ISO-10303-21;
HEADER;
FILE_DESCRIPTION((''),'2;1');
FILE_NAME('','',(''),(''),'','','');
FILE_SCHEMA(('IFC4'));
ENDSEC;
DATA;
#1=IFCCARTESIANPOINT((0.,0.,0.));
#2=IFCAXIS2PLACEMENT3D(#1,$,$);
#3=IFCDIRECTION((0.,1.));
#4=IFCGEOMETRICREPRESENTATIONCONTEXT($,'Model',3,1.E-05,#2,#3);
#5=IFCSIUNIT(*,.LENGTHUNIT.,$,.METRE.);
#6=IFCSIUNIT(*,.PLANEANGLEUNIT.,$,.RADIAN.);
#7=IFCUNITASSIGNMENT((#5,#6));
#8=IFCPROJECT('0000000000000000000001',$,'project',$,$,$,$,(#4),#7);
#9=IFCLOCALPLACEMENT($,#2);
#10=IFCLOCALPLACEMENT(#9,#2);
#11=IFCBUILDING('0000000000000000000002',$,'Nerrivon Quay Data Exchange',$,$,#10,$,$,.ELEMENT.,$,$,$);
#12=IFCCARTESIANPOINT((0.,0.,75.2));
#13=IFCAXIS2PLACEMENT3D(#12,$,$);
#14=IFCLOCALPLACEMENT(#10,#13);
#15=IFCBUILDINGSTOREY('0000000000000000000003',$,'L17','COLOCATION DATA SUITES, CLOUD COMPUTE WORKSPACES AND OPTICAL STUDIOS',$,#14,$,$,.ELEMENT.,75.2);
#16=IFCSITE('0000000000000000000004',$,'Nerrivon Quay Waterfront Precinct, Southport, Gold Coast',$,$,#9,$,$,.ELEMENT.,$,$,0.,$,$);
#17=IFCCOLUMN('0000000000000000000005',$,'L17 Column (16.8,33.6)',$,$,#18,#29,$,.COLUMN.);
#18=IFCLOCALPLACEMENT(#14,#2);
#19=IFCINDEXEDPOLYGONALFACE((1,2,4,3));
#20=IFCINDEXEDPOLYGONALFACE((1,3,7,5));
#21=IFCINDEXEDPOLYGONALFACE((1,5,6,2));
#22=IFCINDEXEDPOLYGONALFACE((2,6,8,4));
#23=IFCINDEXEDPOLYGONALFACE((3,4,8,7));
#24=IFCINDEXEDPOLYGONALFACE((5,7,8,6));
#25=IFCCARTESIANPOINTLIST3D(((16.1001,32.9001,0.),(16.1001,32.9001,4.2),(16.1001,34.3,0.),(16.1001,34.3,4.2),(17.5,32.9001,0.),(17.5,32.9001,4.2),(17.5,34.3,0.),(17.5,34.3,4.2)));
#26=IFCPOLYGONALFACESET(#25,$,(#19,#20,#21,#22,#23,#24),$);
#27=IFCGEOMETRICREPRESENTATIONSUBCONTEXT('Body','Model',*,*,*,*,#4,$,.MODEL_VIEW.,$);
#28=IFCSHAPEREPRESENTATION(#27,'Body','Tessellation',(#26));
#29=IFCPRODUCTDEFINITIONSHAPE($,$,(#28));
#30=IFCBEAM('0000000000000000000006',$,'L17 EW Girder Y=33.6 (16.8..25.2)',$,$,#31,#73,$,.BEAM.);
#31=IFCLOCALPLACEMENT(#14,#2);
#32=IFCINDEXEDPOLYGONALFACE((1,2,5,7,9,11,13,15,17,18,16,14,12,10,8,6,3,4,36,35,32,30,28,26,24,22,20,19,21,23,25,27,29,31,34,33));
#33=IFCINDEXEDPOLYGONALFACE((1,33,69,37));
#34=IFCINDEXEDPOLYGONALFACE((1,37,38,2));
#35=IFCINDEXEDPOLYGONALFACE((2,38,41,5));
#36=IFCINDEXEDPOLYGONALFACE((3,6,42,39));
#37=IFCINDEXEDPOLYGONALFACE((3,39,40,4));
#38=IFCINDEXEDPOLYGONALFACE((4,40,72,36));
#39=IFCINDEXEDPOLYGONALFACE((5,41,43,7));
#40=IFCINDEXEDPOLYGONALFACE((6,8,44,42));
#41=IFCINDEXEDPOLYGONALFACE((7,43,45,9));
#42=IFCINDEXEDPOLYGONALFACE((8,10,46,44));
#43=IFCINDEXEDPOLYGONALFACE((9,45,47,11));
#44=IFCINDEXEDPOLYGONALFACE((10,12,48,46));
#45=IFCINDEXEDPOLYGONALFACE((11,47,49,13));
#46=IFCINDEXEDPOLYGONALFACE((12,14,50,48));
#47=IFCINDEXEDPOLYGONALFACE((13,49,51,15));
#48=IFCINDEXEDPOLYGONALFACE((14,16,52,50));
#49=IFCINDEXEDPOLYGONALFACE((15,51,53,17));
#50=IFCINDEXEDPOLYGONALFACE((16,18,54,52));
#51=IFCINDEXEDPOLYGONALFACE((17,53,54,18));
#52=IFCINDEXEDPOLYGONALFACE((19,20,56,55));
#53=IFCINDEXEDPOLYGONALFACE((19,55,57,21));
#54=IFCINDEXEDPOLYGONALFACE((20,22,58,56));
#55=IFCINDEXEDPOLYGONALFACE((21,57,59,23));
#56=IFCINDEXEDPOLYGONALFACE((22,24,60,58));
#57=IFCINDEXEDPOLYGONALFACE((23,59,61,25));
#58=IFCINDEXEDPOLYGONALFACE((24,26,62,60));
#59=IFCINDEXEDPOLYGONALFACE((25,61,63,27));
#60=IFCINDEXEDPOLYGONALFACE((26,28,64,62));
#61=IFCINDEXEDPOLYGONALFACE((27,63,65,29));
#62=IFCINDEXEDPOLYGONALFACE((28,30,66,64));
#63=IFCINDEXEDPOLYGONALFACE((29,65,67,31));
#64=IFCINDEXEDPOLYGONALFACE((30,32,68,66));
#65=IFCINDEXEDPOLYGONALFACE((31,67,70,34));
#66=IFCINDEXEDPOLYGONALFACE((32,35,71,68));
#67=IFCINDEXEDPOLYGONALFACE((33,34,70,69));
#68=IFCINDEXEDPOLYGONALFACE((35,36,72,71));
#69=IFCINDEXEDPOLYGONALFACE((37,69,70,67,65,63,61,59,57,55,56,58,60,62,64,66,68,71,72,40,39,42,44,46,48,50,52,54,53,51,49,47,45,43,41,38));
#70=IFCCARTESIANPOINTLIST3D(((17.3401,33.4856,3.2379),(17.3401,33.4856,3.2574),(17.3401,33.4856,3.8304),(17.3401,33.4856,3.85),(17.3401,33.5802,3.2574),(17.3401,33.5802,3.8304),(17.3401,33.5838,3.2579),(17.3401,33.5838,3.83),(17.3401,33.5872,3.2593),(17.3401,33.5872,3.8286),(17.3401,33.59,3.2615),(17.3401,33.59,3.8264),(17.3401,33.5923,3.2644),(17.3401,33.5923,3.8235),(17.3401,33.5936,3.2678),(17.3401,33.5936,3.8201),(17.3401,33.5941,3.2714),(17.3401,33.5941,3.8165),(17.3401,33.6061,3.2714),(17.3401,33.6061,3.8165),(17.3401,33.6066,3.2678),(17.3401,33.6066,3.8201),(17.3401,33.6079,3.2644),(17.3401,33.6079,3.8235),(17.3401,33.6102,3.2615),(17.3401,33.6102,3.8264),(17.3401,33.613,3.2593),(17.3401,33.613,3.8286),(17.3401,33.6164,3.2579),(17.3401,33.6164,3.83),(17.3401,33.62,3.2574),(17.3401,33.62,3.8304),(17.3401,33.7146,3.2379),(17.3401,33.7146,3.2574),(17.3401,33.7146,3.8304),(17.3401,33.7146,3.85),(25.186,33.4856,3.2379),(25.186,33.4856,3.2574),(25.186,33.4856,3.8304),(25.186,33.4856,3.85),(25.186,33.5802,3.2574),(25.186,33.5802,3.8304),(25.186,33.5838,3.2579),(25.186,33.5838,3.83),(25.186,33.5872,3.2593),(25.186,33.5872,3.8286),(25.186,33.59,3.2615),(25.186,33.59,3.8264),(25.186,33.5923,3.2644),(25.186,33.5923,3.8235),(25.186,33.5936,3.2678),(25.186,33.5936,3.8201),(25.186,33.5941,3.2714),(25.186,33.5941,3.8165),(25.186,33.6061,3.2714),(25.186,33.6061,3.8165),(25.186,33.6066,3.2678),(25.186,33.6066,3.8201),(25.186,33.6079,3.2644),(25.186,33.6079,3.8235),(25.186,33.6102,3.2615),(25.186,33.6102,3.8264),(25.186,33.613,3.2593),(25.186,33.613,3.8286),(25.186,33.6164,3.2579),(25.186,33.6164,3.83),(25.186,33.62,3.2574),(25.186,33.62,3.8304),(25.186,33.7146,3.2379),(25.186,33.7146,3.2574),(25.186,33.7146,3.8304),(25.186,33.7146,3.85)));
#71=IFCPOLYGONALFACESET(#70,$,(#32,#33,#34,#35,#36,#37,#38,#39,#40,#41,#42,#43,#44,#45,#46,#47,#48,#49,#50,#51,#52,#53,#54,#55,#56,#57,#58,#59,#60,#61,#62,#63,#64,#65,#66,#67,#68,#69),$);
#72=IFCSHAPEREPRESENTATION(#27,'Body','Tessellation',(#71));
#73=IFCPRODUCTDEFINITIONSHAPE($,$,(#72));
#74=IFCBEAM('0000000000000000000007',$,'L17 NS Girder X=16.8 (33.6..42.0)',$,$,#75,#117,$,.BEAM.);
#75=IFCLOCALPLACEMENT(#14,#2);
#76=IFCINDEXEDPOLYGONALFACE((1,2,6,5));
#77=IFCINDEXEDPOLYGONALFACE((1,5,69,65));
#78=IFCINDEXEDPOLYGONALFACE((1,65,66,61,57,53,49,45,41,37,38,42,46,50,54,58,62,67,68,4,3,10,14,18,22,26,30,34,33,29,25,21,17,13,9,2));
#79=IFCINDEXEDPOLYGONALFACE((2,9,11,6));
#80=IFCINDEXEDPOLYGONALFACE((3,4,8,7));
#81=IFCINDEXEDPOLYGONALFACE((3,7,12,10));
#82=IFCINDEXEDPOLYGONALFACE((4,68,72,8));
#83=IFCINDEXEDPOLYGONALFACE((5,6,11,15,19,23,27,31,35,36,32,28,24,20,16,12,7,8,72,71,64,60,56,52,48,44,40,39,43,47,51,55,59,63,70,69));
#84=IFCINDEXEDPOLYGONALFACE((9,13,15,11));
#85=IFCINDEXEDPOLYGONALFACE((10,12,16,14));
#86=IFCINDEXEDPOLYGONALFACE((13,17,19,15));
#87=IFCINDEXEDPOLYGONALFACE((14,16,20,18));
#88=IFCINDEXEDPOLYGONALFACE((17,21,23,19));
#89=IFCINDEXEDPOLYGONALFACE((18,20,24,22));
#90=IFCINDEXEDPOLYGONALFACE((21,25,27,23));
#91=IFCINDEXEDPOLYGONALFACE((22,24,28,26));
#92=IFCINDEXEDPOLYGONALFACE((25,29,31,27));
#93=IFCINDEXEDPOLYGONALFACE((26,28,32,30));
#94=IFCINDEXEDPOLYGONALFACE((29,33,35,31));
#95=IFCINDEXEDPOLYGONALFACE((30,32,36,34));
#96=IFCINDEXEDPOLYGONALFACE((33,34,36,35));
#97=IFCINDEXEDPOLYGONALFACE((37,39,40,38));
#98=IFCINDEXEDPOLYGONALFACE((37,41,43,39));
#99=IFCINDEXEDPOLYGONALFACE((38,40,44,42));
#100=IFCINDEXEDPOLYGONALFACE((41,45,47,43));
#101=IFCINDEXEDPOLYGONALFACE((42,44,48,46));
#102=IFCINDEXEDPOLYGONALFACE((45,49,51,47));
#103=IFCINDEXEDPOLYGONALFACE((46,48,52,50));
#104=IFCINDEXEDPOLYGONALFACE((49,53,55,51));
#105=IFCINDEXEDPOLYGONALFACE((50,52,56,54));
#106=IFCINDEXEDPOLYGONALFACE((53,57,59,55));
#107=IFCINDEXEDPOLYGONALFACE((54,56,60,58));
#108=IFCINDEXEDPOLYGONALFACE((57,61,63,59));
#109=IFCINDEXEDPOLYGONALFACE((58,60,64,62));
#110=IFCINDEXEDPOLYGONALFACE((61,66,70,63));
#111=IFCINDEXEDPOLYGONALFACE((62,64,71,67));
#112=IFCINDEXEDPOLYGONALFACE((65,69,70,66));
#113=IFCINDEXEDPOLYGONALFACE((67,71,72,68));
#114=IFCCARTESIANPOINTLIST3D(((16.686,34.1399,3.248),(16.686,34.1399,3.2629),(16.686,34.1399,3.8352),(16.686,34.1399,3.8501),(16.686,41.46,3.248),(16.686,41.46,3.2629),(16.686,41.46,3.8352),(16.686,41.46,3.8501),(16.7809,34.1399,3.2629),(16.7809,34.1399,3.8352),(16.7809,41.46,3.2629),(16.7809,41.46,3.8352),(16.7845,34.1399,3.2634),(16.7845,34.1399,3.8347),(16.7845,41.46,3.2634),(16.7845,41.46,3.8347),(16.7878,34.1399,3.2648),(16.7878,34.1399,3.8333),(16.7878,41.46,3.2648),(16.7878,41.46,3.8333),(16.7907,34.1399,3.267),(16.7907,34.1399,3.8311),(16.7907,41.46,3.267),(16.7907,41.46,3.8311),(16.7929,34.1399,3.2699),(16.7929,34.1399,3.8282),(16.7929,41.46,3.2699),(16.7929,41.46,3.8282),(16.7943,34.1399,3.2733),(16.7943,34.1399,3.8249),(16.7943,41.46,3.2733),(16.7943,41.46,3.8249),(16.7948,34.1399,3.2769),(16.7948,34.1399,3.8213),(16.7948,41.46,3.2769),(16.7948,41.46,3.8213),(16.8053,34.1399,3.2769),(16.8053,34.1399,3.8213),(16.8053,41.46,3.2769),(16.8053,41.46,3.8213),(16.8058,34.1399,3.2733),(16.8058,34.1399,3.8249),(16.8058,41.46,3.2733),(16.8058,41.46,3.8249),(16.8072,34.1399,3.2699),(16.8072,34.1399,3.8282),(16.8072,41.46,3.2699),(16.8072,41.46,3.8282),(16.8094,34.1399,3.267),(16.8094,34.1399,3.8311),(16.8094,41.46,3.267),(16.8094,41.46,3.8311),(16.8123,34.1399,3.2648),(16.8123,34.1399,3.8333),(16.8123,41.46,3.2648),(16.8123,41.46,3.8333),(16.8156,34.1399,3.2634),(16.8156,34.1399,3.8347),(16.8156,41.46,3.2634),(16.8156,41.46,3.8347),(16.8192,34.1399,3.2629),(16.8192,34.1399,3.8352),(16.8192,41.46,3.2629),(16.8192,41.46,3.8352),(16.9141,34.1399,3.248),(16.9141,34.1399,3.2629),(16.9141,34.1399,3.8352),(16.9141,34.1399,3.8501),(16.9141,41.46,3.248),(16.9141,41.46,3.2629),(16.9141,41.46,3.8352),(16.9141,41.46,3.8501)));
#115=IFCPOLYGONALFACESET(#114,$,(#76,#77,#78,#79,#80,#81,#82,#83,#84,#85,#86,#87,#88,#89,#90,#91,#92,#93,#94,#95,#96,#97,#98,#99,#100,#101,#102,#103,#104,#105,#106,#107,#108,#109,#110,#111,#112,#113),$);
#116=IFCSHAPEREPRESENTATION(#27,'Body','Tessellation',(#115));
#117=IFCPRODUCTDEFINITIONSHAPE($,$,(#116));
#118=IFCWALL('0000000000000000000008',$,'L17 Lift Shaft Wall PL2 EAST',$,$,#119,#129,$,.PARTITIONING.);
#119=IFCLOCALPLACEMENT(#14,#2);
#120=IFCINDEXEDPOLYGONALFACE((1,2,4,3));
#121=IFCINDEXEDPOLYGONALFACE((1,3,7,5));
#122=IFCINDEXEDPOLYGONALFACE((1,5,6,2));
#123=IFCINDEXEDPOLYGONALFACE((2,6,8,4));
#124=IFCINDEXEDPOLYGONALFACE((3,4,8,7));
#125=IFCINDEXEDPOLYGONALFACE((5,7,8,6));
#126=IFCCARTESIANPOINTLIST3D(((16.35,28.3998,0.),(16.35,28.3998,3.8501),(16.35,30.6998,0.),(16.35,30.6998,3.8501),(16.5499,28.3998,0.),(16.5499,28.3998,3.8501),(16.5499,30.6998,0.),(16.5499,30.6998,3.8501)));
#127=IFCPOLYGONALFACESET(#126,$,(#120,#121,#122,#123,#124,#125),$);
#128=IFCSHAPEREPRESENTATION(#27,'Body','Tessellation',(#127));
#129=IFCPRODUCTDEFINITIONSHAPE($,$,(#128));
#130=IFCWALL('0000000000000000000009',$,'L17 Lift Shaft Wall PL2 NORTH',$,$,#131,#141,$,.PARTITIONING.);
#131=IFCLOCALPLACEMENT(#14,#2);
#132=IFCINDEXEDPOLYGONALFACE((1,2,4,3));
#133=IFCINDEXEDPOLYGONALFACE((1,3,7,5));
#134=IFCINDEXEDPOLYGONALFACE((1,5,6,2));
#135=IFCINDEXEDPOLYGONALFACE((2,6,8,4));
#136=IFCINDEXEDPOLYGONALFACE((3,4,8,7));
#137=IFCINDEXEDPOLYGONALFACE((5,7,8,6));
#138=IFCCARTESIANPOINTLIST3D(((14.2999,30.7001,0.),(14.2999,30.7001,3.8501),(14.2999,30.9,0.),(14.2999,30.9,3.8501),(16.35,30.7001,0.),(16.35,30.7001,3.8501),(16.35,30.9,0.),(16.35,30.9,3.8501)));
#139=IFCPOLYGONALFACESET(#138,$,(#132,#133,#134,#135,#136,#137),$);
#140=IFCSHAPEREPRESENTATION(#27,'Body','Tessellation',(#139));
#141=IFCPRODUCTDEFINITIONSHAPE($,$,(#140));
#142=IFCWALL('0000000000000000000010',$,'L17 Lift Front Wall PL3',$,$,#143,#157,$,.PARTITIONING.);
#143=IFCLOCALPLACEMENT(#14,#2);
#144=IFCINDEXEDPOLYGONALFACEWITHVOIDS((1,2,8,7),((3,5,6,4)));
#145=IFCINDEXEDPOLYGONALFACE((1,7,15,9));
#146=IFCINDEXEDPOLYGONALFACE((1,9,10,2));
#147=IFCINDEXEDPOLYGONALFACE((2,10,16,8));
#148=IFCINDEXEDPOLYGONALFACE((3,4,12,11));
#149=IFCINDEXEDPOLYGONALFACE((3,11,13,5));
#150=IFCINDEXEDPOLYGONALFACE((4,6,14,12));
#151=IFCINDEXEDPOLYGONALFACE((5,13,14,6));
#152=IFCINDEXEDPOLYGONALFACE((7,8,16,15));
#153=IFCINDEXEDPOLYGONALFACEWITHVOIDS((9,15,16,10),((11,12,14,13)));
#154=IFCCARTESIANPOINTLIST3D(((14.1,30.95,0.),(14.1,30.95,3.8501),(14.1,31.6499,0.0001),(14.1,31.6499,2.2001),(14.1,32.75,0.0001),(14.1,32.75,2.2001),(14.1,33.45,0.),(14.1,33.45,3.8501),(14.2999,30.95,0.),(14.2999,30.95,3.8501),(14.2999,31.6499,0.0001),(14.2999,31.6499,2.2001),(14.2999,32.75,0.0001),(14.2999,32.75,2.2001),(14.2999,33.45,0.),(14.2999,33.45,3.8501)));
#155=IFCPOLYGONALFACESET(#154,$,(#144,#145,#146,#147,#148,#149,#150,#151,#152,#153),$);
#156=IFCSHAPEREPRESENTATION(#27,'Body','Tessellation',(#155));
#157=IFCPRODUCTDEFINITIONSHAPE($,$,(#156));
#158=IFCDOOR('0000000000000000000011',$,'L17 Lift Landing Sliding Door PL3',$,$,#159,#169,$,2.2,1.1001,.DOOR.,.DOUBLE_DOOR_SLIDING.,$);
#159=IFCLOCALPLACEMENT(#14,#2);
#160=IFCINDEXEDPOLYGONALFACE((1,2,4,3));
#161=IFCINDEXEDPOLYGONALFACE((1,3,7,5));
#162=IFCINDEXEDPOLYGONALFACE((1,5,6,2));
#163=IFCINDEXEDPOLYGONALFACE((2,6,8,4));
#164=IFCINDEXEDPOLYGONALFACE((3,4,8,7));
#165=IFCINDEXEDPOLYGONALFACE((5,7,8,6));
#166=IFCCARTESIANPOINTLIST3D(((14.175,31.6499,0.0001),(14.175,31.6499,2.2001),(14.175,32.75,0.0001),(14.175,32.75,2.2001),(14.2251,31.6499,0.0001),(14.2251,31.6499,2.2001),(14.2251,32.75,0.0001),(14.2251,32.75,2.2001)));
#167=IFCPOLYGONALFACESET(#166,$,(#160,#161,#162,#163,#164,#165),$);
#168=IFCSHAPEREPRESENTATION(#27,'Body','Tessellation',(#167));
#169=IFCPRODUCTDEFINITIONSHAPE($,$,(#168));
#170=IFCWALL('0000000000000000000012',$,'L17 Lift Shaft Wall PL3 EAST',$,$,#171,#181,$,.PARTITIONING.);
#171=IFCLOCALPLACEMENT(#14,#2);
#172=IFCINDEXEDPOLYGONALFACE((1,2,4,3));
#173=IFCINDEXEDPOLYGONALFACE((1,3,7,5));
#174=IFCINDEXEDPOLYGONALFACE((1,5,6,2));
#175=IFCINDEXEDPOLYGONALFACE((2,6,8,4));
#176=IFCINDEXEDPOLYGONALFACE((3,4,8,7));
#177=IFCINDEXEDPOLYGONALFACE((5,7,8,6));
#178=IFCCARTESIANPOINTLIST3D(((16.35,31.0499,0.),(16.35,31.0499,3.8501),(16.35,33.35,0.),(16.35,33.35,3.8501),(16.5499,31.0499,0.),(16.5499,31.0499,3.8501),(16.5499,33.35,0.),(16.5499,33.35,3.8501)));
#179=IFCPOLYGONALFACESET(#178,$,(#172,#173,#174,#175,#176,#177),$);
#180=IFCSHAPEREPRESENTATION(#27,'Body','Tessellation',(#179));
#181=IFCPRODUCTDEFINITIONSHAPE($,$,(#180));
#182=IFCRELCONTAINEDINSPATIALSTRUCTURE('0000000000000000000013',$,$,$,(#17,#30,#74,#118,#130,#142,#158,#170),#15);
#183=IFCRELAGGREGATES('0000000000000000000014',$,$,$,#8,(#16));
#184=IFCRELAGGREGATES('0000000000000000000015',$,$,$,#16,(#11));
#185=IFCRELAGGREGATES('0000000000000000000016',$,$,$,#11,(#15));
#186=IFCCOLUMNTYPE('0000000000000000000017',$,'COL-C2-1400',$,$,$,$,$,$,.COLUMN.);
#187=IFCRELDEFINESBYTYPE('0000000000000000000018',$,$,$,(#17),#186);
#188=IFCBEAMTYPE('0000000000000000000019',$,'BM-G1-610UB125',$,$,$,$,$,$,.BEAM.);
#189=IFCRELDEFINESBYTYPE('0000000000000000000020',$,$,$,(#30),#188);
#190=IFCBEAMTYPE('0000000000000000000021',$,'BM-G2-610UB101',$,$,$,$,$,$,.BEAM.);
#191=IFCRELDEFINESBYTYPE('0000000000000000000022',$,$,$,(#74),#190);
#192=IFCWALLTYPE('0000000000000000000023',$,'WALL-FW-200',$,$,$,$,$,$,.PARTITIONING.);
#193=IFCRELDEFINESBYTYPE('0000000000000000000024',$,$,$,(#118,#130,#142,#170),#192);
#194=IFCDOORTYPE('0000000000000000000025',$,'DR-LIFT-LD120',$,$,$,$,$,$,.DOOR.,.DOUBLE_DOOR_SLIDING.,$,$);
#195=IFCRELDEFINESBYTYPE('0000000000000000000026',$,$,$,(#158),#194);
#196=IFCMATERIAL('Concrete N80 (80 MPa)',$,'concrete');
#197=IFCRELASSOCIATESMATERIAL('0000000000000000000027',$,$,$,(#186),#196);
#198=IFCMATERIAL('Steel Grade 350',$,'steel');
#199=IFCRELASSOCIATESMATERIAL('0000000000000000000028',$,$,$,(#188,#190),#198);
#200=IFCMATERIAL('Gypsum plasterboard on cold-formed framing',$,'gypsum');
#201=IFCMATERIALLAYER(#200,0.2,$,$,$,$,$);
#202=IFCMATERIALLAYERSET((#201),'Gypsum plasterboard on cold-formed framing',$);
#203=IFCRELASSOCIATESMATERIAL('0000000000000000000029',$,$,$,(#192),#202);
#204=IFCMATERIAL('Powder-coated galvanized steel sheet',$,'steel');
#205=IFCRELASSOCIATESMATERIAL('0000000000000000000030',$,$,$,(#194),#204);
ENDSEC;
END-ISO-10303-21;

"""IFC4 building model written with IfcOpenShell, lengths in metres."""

from ifc_helpers import new_model, si_unit, direction, frame, frame_2d, origin, origin_2d, place, context, subcontext, project, spatial, rectangle, i_section, extrude, material, layer, layer_set, material_profile, profile_set, type_object, element, fill, save


model = new_model("IFC4")

# Units and contexts
model_context = context("Model", 3, precision=1e-05, world=origin(), true_north=direction((0.0, 1.0)))
body_context = subcontext(model_context, "Body", "Model", "MODEL_VIEW")
ifc_project = project(units=[si_unit("LENGTHUNIT", "METRE"), si_unit("PLANEANGLEUNIT", "RADIAN")], contexts=[model_context])

# Site, building, storey
site_placement = place(None, origin())
site = spatial("IfcSite", under=ifc_project, at=site_placement, Name="Nerrivon Quay Waterfront Precinct, Southport, Gold Coast", CompositionType="ELEMENT", RefElevation=0.0)
building_placement = place(site_placement, origin())
building = spatial("IfcBuilding", under=site, at=building_placement, Name="Nerrivon Quay Data Exchange", CompositionType="ELEMENT")
storey_placement = place(building_placement, frame((0.0, 0.0, 75.2)))
storey = spatial("IfcBuildingStorey", under=building, at=storey_placement, Name="L17", Description="COLOCATION DATA SUITES, CLOUD COMPUTE WORKSPACES AND OPTICAL STUDIOS", CompositionType="ELEMENT", Elevation=75.2)

# Column
ifc_material_1 = material(Name="Concrete N80 (80 MPa)", Category="concrete")
ifc_material_profile_1 = material_profile(ifc_material_1, rectangle(XDim=1.3999, YDim=1.3999, at=origin_2d()), Name="RC-COL-1400x1400")
ifc_profile_set_1 = profile_set([ifc_material_profile_1], Name="Concrete N80 (80 MPa)")
column_type = type_object("IfcColumnType", Name="COL-C2-1400", PredefinedType="COLUMN", material=ifc_profile_set_1)
column_placement = place(storey_placement, frame((16.8, 33.6001, 0.0), z_axis=(0.0, 0.0, 1.0), x_axis=(1.0, 0.0, 0.0)))
element("IfcColumn", 1, at=column_placement, inside=storey, type_object=column_type, Name="L17 Column (16.8,33.6)", PredefinedType="COLUMN", context=body_context, shape_type="SweptSolid", body=[
    extrude(rectangle(XDim=1.3999, YDim=1.3999, at=origin_2d()), origin(), (0.0, 0.0, 1.0), 4.2),
])

# Beams
ifc_material_2 = material(Name="Steel Grade 350", Category="steel")
ifc_material_profile_2 = material_profile(ifc_material_2, i_section(OverallWidth=0.229, OverallDepth=0.6121, WebThickness=0.012, FlangeThickness=0.0195, FilletRadius=0.0139, at=origin_2d()), Name="610UB125")
ifc_profile_set_2 = profile_set([ifc_material_profile_2], Name="Steel Grade 350")
beam_type_1 = type_object("IfcBeamType", Name="BM-G1-610UB125", PredefinedType="BEAM", material=ifc_profile_set_2)
beam_1_placement = place(storey_placement, frame((17.3401, 33.6001, 3.5439), z_axis=(1.0, 0.0, 0.0), x_axis=(0.0, 1.0, 0.0)))
element("IfcBeam", 2, at=beam_1_placement, inside=storey, type_object=beam_type_1, Name="L17 EW Girder Y=33.6 (16.8..25.2)", PredefinedType="BEAM", context=body_context, shape_type="SweptSolid", body=[
    extrude(i_section(OverallWidth=0.229, OverallDepth=0.6121, WebThickness=0.012, FlangeThickness=0.0195, FilletRadius=0.0139, at=origin_2d()), origin(), (0.0, 0.0, 1.0), 7.8459),
])
ifc_material_profile_3 = material_profile(ifc_material_2, i_section(OverallWidth=0.228, OverallDepth=0.6021, WebThickness=0.0105, FlangeThickness=0.0149, FilletRadius=0.0139, at=origin_2d()), Name="610UB101")
ifc_profile_set_3 = profile_set([ifc_material_profile_3], Name="Steel Grade 350")
beam_type_2 = type_object("IfcBeamType", Name="BM-G2-610UB101", PredefinedType="BEAM", material=ifc_profile_set_3)
beam_2_placement = place(storey_placement, frame((16.8, 34.1399, 3.5491), z_axis=(0.0, 1.0, 0.0), x_axis=(-1.0, 0.0, 0.0)))
element("IfcBeam", 3, at=beam_2_placement, inside=storey, type_object=beam_type_2, Name="L17 NS Girder X=16.8 (33.6..42.0)", PredefinedType="BEAM", context=body_context, shape_type="SweptSolid", body=[
    extrude(i_section(OverallWidth=0.228, OverallDepth=0.6021, WebThickness=0.0105, FlangeThickness=0.0149, FilletRadius=0.0139, at=origin_2d()), origin(), (0.0, 0.0, 1.0), 7.3201),
])

# Walls
ifc_material_3 = material(Name="Gypsum plasterboard on cold-formed framing", Category="gypsum")
ifc_layer_1 = layer(ifc_material_3, 0.2)
ifc_layer_set_1 = layer_set([ifc_layer_1], Name="Gypsum plasterboard on cold-formed framing")
wall_type_1 = type_object("IfcWallType", Name="WALL-FW-200", PredefinedType="PARTITIONING", material=ifc_layer_set_1)
wall_1_placement = place(storey_placement, frame((16.45, 28.3999, 0.0), z_axis=(0.0, 0.0, 1.0), x_axis=(0.0, 1.0, 0.0)))
element("IfcWall", 4, at=wall_1_placement, inside=storey, type_object=wall_type_1, Name="L17 Lift Shaft Wall PL2 EAST", PredefinedType="PARTITIONING", context=body_context, shape_type="SweptSolid", body=[
    extrude(rectangle(XDim=2.3, YDim=0.2, at=frame_2d((1.1499, 0.0))), origin(), (0.0, 0.0, 1.0), 3.8501),
])
wall_2_placement = place(storey_placement, frame((14.3, 30.8, 0.0), z_axis=(0.0, 0.0, 1.0), x_axis=(1.0, 0.0, 0.0)))
element("IfcWall", 5, at=wall_2_placement, inside=storey, type_object=wall_type_1, Name="L17 Lift Shaft Wall PL2 NORTH", PredefinedType="PARTITIONING", context=body_context, shape_type="SweptSolid", body=[
    extrude(rectangle(XDim=2.05, YDim=0.2, at=frame_2d((1.0249, 0.0))), origin(), (0.0, 0.0, 1.0), 3.8501),
])

# Wall, opening, door
wall_3_placement = place(storey_placement, frame((14.2, 30.95, 0.0), z_axis=(0.0, 0.0, 1.0), x_axis=(0.0, 1.0, 0.0)))
wall_3 = element("IfcWall", 6, at=wall_3_placement, inside=storey, type_object=wall_type_1, Name="L17 Lift Front Wall PL3", PredefinedType="PARTITIONING", context=body_context, shape_type="SweptSolid", body=[
    extrude(rectangle(XDim=2.5, YDim=0.2, at=frame_2d((1.25, 0.0))), origin(), (0.0, 0.0, 1.0), 3.8501),
])
opening_1_placement = place(wall_3_placement, frame((0.7, 0.0, 0.0)))
opening_1 = element("IfcOpeningElement", 7, at=opening_1_placement, cuts=wall_3, PredefinedType="OPENING", context=body_context, shape_type="SweptSolid", body=[
    extrude(rectangle(XDim=1.1001, YDim=2.2, at=frame_2d((0.55, 1.1001))), frame((0.0, 0.1099, 0.0), z_axis=(0.0, -1.0, 0.0), x_axis=(1.0, 0.0, 0.0)), (0.0, 0.0, 1.0), 0.22),
])
ifc_material_4 = material(Name="Powder-coated galvanized steel sheet", Category="steel")
door_type_1 = type_object("IfcDoorType", Name="DR-LIFT-LD120", OperationType="DOUBLE_DOOR_SLIDING", PredefinedType="DOOR", material=ifc_material_4)
door_1_placement = place(opening_1_placement, origin())
door_1 = element("IfcDoor", 8, at=door_1_placement, inside=storey, type_object=door_type_1, Name="L17 Lift Landing Sliding Door PL3", OperationType="DOUBLE_DOOR_SLIDING", OverallHeight=2.2, OverallWidth=1.1001, PredefinedType="DOOR", context=body_context, shape_type="SweptSolid", body=[
    extrude(rectangle(XDim=1.1001, YDim=2.2, at=frame_2d((0.55, 1.1001))), frame((0.0, 0.0249, 0.0), z_axis=(0.0, -1.0, 0.0), x_axis=(1.0, 0.0, 0.0)), (0.0, 0.0, 1.0), 0.05),
])
fill(opening_1, door_1)

# Wall
wall_4_placement = place(storey_placement, frame((16.45, 31.05, 0.0), z_axis=(0.0, 0.0, 1.0), x_axis=(0.0, 1.0, 0.0)))
element("IfcWall", 9, at=wall_4_placement, inside=storey, type_object=wall_type_1, Name="L17 Lift Shaft Wall PL3 EAST", PredefinedType="PARTITIONING", context=body_context, shape_type="SweptSolid", body=[
    extrude(rectangle(XDim=2.3, YDim=0.2, at=frame_2d((1.1499, 0.0))), origin(), (0.0, 0.0, 1.0), 3.8501),
])

save(model, "model.ifc")
